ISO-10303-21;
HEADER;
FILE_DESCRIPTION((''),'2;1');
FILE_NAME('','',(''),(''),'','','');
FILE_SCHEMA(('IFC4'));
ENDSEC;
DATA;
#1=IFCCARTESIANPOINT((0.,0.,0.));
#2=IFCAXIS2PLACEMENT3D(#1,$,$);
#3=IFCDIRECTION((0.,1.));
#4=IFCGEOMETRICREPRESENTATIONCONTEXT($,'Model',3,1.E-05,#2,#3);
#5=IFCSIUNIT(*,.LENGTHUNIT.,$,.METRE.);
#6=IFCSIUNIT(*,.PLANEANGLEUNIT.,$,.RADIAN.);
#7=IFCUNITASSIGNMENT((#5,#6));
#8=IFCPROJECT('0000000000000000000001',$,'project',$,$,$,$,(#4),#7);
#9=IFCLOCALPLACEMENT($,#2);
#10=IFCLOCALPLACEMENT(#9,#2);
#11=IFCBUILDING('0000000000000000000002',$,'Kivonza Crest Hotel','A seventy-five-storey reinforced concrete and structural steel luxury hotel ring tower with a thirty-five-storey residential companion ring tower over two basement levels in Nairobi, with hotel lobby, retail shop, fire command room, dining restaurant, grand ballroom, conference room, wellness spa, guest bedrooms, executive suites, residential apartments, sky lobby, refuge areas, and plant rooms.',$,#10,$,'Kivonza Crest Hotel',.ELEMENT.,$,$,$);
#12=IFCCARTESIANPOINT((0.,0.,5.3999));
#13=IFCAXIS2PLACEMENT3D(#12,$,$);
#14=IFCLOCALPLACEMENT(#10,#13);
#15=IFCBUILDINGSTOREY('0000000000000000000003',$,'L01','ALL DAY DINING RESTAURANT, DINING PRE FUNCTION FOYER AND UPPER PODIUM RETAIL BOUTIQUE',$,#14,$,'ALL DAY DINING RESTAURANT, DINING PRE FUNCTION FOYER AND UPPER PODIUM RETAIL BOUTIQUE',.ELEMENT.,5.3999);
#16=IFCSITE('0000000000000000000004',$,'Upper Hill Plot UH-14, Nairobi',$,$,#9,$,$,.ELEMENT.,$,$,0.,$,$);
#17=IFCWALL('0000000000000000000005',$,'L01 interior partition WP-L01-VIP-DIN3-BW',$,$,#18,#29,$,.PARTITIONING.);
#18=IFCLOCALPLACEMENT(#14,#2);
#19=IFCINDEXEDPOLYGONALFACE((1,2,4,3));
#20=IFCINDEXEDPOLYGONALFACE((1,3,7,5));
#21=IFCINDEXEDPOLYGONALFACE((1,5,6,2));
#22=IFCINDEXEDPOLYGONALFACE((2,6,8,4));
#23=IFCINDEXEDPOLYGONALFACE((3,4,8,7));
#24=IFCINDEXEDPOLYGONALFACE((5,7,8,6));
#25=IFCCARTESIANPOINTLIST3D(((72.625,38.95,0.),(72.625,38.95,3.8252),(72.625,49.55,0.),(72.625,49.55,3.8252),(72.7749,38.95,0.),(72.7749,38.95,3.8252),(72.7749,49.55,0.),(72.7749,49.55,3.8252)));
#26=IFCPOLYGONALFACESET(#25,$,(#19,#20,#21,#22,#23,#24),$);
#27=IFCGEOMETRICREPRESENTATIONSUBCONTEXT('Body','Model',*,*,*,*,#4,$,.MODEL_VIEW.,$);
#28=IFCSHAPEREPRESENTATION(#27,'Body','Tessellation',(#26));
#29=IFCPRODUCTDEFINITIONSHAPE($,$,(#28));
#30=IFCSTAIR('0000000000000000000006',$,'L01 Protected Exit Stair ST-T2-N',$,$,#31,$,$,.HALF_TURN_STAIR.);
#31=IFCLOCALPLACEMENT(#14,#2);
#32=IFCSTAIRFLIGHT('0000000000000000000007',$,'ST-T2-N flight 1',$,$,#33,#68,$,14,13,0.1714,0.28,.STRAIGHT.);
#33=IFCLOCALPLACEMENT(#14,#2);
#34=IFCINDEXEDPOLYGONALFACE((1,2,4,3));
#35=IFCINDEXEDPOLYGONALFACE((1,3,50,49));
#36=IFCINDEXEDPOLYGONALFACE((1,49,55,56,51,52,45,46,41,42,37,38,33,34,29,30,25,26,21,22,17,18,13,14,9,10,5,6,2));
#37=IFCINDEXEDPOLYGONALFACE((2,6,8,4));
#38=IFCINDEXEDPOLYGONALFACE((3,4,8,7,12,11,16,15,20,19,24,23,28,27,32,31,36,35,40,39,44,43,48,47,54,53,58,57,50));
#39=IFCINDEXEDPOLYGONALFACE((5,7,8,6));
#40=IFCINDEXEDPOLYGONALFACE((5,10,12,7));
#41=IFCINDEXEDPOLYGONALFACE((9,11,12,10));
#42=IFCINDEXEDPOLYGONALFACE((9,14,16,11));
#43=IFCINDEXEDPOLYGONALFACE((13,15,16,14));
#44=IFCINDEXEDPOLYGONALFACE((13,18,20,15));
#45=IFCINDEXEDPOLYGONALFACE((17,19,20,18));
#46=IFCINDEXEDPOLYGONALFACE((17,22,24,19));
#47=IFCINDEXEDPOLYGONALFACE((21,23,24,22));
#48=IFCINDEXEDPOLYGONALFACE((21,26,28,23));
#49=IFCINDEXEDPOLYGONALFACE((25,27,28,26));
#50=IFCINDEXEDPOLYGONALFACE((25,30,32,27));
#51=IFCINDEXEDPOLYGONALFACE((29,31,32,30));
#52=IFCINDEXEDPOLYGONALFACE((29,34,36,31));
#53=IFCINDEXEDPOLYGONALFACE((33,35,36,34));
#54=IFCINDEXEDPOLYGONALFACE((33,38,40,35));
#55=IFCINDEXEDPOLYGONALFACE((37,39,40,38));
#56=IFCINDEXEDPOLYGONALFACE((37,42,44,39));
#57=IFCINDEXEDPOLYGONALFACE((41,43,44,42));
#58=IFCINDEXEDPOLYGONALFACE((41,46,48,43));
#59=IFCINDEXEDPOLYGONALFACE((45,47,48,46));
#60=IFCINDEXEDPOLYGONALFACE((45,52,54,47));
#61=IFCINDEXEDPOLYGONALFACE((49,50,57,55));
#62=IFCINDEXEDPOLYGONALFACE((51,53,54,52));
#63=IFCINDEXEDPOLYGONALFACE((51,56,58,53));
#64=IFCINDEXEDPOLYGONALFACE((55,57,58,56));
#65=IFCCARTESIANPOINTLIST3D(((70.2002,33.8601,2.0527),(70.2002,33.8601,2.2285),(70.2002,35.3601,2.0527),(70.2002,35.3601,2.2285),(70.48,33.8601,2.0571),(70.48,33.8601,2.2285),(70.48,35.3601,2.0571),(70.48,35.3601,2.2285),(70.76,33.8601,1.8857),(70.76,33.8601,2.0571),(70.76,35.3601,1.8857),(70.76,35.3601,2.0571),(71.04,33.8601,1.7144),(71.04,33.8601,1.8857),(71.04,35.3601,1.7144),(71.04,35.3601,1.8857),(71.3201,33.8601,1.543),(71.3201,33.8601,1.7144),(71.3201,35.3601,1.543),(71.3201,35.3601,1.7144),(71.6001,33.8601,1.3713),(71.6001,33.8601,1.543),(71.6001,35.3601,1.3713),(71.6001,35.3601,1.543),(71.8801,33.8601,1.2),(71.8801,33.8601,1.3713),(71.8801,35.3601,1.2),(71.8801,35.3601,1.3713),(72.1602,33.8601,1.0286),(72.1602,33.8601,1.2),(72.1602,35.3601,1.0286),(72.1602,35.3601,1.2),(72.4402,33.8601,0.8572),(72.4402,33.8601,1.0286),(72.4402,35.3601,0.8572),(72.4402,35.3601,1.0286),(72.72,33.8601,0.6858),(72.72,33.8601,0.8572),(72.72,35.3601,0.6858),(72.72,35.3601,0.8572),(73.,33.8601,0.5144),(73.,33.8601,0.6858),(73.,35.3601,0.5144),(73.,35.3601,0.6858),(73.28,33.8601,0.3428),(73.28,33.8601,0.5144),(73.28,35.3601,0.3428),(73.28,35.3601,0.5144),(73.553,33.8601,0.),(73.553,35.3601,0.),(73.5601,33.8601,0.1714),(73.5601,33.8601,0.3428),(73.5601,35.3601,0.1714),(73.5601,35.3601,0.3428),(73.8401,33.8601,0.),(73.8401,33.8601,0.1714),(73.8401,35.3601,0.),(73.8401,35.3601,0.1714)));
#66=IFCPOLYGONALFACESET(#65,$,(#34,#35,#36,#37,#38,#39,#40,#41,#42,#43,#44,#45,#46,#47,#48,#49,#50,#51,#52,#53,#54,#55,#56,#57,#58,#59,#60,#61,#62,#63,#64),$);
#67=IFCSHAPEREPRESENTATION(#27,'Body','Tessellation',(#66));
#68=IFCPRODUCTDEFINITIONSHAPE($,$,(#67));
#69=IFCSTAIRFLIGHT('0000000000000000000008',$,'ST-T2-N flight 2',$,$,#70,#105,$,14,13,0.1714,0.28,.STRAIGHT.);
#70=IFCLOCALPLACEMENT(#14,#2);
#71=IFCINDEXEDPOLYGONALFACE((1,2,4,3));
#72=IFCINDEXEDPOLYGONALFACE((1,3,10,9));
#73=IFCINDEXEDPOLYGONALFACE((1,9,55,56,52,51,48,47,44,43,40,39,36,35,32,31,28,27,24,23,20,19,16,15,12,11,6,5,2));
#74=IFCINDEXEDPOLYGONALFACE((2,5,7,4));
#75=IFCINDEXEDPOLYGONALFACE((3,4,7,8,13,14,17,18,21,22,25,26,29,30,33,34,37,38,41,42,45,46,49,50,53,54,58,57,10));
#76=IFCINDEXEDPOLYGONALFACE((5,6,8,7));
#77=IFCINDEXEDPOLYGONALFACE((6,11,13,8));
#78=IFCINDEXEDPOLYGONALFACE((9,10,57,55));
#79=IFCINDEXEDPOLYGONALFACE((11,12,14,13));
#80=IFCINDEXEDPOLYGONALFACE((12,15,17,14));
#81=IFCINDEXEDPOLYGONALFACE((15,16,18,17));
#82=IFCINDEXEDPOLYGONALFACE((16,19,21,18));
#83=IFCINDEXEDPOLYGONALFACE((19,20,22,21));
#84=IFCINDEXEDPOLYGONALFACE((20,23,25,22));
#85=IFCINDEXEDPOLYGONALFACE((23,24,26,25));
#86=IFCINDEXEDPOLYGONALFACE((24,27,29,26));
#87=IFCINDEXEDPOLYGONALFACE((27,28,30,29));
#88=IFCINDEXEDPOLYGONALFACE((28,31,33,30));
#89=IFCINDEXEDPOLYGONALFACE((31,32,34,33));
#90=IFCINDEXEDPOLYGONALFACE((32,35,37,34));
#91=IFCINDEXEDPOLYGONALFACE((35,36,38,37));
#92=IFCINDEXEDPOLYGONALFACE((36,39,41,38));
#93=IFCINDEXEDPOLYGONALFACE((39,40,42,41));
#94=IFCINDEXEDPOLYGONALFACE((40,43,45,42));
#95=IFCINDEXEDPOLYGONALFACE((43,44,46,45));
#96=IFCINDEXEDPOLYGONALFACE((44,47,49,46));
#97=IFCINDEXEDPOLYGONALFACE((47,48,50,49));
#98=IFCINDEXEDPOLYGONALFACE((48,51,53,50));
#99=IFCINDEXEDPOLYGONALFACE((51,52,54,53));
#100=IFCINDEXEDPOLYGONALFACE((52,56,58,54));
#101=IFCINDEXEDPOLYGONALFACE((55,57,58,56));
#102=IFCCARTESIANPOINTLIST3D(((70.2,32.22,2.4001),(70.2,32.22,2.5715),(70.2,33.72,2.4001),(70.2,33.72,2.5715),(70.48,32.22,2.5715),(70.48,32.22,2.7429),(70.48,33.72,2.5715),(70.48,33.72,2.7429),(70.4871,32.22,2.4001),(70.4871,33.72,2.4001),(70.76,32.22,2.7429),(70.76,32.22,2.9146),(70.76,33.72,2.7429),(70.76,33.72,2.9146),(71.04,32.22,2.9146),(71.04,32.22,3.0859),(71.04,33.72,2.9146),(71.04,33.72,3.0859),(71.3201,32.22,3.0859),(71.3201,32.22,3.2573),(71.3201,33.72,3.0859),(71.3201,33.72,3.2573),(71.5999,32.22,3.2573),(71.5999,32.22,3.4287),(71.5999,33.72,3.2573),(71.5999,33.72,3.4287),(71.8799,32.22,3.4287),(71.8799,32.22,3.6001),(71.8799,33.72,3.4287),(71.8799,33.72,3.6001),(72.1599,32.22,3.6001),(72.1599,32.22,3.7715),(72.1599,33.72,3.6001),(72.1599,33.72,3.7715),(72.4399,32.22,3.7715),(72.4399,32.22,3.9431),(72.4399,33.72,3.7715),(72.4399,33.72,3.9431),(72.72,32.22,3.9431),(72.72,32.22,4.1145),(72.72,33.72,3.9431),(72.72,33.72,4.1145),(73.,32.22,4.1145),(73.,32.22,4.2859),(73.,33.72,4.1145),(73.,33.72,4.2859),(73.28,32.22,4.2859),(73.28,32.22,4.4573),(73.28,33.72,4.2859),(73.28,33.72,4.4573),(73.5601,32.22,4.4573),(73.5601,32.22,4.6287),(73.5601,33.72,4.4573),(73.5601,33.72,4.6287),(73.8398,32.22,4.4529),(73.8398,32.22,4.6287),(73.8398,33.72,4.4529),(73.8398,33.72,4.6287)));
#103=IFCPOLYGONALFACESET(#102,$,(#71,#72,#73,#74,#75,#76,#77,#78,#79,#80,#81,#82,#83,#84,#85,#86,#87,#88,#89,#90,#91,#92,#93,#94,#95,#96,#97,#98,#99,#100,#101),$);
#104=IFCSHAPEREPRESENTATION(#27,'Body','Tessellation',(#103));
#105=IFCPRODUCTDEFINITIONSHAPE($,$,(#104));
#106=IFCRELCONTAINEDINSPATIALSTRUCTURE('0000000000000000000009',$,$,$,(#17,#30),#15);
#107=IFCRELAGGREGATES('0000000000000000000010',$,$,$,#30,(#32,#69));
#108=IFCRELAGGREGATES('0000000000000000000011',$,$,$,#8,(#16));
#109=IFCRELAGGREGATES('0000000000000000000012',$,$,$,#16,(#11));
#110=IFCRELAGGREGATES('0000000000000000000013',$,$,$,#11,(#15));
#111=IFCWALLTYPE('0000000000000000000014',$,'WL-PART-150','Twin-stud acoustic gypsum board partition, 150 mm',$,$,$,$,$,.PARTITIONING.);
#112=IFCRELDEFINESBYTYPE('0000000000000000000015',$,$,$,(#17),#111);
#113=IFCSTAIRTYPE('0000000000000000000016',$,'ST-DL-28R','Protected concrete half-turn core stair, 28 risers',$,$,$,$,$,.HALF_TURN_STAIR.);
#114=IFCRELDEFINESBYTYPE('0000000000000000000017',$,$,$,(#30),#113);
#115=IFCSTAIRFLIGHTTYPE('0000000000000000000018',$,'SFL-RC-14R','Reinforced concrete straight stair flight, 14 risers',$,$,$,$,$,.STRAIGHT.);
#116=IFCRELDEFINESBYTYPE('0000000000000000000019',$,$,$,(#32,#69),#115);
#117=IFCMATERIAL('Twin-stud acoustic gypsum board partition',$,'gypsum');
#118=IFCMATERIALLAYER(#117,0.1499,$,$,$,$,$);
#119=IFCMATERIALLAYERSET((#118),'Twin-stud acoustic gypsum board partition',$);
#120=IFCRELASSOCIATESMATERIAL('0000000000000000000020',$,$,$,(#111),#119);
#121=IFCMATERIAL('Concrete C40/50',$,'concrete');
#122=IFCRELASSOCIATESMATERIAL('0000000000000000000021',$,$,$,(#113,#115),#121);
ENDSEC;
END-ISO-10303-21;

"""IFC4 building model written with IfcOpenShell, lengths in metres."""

from ifc_helpers import new_model, si_unit, direction, frame, frame_2d, origin, place, context, subcontext, project, spatial, polyline, rectangle, outline, extrude, material, layer, layer_set, type_object, element, aggregate, save


model = new_model("IFC4")

# Units and contexts
model_context = context("Model", 3, precision=1e-05, world=origin(), true_north=direction((0.0, 1.0)))
body_context = subcontext(model_context, "Body", "Model", "MODEL_VIEW")
ifc_project = project(units=[si_unit("LENGTHUNIT", "METRE"), si_unit("PLANEANGLEUNIT", "RADIAN")], contexts=[model_context])

# Site, building, storey
site_placement = place(None, origin())
site = spatial("IfcSite", under=ifc_project, at=site_placement, Name="Upper Hill Plot UH-14, Nairobi", CompositionType="ELEMENT", RefElevation=0.0)
building_placement = place(site_placement, origin())
building = spatial("IfcBuilding", under=site, at=building_placement, Name="Kivonza Crest Hotel", Description="A seventy-five-storey reinforced concrete and structural steel luxury hotel ring tower with a thirty-five-storey residential companion ring tower over two basement levels in Nairobi, with hotel lobby, retail shop, fire command room, dining restaurant, grand ballroom, conference room, wellness spa, guest bedrooms, executive suites, residential apartments, sky lobby, refuge areas, and plant rooms.", LongName="Kivonza Crest Hotel", CompositionType="ELEMENT")
storey_placement = place(building_placement, frame((0.0, 0.0, 5.3999)))
storey = spatial("IfcBuildingStorey", under=building, at=storey_placement, Name="L01", Description="ALL DAY DINING RESTAURANT, DINING PRE FUNCTION FOYER AND UPPER PODIUM RETAIL BOUTIQUE", LongName="ALL DAY DINING RESTAURANT, DINING PRE FUNCTION FOYER AND UPPER PODIUM RETAIL BOUTIQUE", CompositionType="ELEMENT", Elevation=5.3999)

# Wall
ifc_material_1 = material(Name="Twin-stud acoustic gypsum board partition", Category="gypsum")
ifc_layer_1 = layer(ifc_material_1, 0.1499)
ifc_layer_set_1 = layer_set([ifc_layer_1], Name="Twin-stud acoustic gypsum board partition")
wall_type_1 = type_object("IfcWallType", Name="WL-PART-150", Description="Twin-stud acoustic gypsum board partition, 150 mm", PredefinedType="PARTITIONING", material=ifc_layer_set_1)
wall_1_placement = place(storey_placement, frame((72.7, 38.95, 0.0), z_axis=(0.0, 0.0, 1.0), x_axis=(0.0, 1.0, 0.0)))
element("IfcWall", 1, at=wall_1_placement, inside=storey, type_object=wall_type_1, Name="L01 interior partition WP-L01-VIP-DIN3-BW", PredefinedType="PARTITIONING", context=body_context, shape_type="SweptSolid", body=[
    extrude(rectangle(XDim=10.6001, YDim=0.1499, at=frame_2d((5.3, 0.0))), origin(), (0.0, 0.0, 1.0), 3.8252),
])

# Stair, stair flights
ifc_material_2 = material(Name="Concrete C40/50", Category="concrete")
stair_type = type_object("IfcStairType", Name="ST-DL-28R", Description="Protected concrete half-turn core stair, 28 risers", PredefinedType="HALF_TURN_STAIR", material=ifc_material_2)
stair_placement = place(storey_placement, origin())
stair = element("IfcStair", 2, at=stair_placement, inside=storey, type_object=stair_type, Name="L01 Protected Exit Stair ST-T2-N", PredefinedType="HALF_TURN_STAIR")
stair_flight_type = type_object("IfcStairFlightType", Name="SFL-RC-14R", Description="Reinforced concrete straight stair flight, 14 risers", PredefinedType="STRAIGHT", material=ifc_material_2)
stair_flight_1_placement = place(storey_placement, frame((73.8401, 34.6101, 0.0), z_axis=(0.0, 0.0, 1.0), x_axis=(-1.0, 0.0, 0.0)))
stair_flight_1 = element("IfcStairFlight", 3, at=stair_flight_1_placement, type_object=stair_flight_type, Name="ST-T2-N flight 1", NumberOfRisers=14, NumberOfTreads=13, PredefinedType="STRAIGHT", RiserHeight=0.1714, TreadLength=0.28, context=body_context, shape_type="SweptSolid", body=[
    extrude(outline(polyline([(0.0, 0.0), (0.0, 0.1714), (0.28, 0.1714), (0.28, 0.3428), (0.5601, 0.3428), (0.5601, 0.5144), (0.8401, 0.5144), (0.8401, 0.6858), (1.1201, 0.6858), (1.1201, 0.8572), (1.3999, 0.8572), (1.3999, 1.0286), (1.6799, 1.0286), (1.6799, 1.2), (1.96, 1.2), (1.96, 1.3713), (2.24, 1.3713), (2.24, 1.543), (2.52, 1.543), (2.52, 1.7144), (2.8, 1.7144), (2.8, 1.8857), (3.0801, 1.8857), (3.0801, 2.0571), (3.3601, 2.0571), (3.3601, 2.2285), (3.6399, 2.2285), (3.6399, 2.3999), (3.6399, 2.0527), (0.2871, 0.0), (0.0, 0.0)])), frame((0.0, 0.75, 0.0), z_axis=(0.0, -1.0, 0.0), x_axis=(1.0, 0.0, 0.0)), (0.0, 0.0, 1.0), 1.5),
])
stair_flight_2_placement = place(storey_placement, frame((70.2, 32.97, 2.4001), z_axis=(0.0, 0.0, 1.0), x_axis=(1.0, 0.0, 0.0)))
stair_flight_2 = element("IfcStairFlight", 4, at=stair_flight_2_placement, type_object=stair_flight_type, Name="ST-T2-N flight 2", NumberOfRisers=14, NumberOfTreads=13, PredefinedType="STRAIGHT", RiserHeight=0.1714, TreadLength=0.28, context=body_context, shape_type="SweptSolid", body=[
    extrude(outline(polyline([(0.0, 0.0), (0.0, 0.1714), (0.28, 0.1714), (0.28, 0.3428), (0.5601, 0.3428), (0.5601, 0.5144), (0.8401, 0.5144), (0.8401, 0.6858), (1.1201, 0.6858), (1.1201, 0.8572), (1.3999, 0.8572), (1.3999, 1.0286), (1.6799, 1.0286), (1.6799, 1.2), (1.96, 1.2), (1.96, 1.3713), (2.24, 1.3713), (2.24, 1.543), (2.52, 1.543), (2.52, 1.7144), (2.8, 1.7144), (2.8, 1.8857), (3.0801, 1.8857), (3.0801, 2.0571), (3.3601, 2.0571), (3.3601, 2.2285), (3.6399, 2.2285), (3.6399, 2.3999), (3.6399, 2.0527), (0.2871, 0.0), (0.0, 0.0)])), frame((0.0, 0.75, 0.0), z_axis=(0.0, -1.0, 0.0), x_axis=(1.0, 0.0, 0.0)), (0.0, 0.0, 1.0), 1.5),
])
aggregate(stair, [stair_flight_1, stair_flight_2])

save(model, "model.ifc")
